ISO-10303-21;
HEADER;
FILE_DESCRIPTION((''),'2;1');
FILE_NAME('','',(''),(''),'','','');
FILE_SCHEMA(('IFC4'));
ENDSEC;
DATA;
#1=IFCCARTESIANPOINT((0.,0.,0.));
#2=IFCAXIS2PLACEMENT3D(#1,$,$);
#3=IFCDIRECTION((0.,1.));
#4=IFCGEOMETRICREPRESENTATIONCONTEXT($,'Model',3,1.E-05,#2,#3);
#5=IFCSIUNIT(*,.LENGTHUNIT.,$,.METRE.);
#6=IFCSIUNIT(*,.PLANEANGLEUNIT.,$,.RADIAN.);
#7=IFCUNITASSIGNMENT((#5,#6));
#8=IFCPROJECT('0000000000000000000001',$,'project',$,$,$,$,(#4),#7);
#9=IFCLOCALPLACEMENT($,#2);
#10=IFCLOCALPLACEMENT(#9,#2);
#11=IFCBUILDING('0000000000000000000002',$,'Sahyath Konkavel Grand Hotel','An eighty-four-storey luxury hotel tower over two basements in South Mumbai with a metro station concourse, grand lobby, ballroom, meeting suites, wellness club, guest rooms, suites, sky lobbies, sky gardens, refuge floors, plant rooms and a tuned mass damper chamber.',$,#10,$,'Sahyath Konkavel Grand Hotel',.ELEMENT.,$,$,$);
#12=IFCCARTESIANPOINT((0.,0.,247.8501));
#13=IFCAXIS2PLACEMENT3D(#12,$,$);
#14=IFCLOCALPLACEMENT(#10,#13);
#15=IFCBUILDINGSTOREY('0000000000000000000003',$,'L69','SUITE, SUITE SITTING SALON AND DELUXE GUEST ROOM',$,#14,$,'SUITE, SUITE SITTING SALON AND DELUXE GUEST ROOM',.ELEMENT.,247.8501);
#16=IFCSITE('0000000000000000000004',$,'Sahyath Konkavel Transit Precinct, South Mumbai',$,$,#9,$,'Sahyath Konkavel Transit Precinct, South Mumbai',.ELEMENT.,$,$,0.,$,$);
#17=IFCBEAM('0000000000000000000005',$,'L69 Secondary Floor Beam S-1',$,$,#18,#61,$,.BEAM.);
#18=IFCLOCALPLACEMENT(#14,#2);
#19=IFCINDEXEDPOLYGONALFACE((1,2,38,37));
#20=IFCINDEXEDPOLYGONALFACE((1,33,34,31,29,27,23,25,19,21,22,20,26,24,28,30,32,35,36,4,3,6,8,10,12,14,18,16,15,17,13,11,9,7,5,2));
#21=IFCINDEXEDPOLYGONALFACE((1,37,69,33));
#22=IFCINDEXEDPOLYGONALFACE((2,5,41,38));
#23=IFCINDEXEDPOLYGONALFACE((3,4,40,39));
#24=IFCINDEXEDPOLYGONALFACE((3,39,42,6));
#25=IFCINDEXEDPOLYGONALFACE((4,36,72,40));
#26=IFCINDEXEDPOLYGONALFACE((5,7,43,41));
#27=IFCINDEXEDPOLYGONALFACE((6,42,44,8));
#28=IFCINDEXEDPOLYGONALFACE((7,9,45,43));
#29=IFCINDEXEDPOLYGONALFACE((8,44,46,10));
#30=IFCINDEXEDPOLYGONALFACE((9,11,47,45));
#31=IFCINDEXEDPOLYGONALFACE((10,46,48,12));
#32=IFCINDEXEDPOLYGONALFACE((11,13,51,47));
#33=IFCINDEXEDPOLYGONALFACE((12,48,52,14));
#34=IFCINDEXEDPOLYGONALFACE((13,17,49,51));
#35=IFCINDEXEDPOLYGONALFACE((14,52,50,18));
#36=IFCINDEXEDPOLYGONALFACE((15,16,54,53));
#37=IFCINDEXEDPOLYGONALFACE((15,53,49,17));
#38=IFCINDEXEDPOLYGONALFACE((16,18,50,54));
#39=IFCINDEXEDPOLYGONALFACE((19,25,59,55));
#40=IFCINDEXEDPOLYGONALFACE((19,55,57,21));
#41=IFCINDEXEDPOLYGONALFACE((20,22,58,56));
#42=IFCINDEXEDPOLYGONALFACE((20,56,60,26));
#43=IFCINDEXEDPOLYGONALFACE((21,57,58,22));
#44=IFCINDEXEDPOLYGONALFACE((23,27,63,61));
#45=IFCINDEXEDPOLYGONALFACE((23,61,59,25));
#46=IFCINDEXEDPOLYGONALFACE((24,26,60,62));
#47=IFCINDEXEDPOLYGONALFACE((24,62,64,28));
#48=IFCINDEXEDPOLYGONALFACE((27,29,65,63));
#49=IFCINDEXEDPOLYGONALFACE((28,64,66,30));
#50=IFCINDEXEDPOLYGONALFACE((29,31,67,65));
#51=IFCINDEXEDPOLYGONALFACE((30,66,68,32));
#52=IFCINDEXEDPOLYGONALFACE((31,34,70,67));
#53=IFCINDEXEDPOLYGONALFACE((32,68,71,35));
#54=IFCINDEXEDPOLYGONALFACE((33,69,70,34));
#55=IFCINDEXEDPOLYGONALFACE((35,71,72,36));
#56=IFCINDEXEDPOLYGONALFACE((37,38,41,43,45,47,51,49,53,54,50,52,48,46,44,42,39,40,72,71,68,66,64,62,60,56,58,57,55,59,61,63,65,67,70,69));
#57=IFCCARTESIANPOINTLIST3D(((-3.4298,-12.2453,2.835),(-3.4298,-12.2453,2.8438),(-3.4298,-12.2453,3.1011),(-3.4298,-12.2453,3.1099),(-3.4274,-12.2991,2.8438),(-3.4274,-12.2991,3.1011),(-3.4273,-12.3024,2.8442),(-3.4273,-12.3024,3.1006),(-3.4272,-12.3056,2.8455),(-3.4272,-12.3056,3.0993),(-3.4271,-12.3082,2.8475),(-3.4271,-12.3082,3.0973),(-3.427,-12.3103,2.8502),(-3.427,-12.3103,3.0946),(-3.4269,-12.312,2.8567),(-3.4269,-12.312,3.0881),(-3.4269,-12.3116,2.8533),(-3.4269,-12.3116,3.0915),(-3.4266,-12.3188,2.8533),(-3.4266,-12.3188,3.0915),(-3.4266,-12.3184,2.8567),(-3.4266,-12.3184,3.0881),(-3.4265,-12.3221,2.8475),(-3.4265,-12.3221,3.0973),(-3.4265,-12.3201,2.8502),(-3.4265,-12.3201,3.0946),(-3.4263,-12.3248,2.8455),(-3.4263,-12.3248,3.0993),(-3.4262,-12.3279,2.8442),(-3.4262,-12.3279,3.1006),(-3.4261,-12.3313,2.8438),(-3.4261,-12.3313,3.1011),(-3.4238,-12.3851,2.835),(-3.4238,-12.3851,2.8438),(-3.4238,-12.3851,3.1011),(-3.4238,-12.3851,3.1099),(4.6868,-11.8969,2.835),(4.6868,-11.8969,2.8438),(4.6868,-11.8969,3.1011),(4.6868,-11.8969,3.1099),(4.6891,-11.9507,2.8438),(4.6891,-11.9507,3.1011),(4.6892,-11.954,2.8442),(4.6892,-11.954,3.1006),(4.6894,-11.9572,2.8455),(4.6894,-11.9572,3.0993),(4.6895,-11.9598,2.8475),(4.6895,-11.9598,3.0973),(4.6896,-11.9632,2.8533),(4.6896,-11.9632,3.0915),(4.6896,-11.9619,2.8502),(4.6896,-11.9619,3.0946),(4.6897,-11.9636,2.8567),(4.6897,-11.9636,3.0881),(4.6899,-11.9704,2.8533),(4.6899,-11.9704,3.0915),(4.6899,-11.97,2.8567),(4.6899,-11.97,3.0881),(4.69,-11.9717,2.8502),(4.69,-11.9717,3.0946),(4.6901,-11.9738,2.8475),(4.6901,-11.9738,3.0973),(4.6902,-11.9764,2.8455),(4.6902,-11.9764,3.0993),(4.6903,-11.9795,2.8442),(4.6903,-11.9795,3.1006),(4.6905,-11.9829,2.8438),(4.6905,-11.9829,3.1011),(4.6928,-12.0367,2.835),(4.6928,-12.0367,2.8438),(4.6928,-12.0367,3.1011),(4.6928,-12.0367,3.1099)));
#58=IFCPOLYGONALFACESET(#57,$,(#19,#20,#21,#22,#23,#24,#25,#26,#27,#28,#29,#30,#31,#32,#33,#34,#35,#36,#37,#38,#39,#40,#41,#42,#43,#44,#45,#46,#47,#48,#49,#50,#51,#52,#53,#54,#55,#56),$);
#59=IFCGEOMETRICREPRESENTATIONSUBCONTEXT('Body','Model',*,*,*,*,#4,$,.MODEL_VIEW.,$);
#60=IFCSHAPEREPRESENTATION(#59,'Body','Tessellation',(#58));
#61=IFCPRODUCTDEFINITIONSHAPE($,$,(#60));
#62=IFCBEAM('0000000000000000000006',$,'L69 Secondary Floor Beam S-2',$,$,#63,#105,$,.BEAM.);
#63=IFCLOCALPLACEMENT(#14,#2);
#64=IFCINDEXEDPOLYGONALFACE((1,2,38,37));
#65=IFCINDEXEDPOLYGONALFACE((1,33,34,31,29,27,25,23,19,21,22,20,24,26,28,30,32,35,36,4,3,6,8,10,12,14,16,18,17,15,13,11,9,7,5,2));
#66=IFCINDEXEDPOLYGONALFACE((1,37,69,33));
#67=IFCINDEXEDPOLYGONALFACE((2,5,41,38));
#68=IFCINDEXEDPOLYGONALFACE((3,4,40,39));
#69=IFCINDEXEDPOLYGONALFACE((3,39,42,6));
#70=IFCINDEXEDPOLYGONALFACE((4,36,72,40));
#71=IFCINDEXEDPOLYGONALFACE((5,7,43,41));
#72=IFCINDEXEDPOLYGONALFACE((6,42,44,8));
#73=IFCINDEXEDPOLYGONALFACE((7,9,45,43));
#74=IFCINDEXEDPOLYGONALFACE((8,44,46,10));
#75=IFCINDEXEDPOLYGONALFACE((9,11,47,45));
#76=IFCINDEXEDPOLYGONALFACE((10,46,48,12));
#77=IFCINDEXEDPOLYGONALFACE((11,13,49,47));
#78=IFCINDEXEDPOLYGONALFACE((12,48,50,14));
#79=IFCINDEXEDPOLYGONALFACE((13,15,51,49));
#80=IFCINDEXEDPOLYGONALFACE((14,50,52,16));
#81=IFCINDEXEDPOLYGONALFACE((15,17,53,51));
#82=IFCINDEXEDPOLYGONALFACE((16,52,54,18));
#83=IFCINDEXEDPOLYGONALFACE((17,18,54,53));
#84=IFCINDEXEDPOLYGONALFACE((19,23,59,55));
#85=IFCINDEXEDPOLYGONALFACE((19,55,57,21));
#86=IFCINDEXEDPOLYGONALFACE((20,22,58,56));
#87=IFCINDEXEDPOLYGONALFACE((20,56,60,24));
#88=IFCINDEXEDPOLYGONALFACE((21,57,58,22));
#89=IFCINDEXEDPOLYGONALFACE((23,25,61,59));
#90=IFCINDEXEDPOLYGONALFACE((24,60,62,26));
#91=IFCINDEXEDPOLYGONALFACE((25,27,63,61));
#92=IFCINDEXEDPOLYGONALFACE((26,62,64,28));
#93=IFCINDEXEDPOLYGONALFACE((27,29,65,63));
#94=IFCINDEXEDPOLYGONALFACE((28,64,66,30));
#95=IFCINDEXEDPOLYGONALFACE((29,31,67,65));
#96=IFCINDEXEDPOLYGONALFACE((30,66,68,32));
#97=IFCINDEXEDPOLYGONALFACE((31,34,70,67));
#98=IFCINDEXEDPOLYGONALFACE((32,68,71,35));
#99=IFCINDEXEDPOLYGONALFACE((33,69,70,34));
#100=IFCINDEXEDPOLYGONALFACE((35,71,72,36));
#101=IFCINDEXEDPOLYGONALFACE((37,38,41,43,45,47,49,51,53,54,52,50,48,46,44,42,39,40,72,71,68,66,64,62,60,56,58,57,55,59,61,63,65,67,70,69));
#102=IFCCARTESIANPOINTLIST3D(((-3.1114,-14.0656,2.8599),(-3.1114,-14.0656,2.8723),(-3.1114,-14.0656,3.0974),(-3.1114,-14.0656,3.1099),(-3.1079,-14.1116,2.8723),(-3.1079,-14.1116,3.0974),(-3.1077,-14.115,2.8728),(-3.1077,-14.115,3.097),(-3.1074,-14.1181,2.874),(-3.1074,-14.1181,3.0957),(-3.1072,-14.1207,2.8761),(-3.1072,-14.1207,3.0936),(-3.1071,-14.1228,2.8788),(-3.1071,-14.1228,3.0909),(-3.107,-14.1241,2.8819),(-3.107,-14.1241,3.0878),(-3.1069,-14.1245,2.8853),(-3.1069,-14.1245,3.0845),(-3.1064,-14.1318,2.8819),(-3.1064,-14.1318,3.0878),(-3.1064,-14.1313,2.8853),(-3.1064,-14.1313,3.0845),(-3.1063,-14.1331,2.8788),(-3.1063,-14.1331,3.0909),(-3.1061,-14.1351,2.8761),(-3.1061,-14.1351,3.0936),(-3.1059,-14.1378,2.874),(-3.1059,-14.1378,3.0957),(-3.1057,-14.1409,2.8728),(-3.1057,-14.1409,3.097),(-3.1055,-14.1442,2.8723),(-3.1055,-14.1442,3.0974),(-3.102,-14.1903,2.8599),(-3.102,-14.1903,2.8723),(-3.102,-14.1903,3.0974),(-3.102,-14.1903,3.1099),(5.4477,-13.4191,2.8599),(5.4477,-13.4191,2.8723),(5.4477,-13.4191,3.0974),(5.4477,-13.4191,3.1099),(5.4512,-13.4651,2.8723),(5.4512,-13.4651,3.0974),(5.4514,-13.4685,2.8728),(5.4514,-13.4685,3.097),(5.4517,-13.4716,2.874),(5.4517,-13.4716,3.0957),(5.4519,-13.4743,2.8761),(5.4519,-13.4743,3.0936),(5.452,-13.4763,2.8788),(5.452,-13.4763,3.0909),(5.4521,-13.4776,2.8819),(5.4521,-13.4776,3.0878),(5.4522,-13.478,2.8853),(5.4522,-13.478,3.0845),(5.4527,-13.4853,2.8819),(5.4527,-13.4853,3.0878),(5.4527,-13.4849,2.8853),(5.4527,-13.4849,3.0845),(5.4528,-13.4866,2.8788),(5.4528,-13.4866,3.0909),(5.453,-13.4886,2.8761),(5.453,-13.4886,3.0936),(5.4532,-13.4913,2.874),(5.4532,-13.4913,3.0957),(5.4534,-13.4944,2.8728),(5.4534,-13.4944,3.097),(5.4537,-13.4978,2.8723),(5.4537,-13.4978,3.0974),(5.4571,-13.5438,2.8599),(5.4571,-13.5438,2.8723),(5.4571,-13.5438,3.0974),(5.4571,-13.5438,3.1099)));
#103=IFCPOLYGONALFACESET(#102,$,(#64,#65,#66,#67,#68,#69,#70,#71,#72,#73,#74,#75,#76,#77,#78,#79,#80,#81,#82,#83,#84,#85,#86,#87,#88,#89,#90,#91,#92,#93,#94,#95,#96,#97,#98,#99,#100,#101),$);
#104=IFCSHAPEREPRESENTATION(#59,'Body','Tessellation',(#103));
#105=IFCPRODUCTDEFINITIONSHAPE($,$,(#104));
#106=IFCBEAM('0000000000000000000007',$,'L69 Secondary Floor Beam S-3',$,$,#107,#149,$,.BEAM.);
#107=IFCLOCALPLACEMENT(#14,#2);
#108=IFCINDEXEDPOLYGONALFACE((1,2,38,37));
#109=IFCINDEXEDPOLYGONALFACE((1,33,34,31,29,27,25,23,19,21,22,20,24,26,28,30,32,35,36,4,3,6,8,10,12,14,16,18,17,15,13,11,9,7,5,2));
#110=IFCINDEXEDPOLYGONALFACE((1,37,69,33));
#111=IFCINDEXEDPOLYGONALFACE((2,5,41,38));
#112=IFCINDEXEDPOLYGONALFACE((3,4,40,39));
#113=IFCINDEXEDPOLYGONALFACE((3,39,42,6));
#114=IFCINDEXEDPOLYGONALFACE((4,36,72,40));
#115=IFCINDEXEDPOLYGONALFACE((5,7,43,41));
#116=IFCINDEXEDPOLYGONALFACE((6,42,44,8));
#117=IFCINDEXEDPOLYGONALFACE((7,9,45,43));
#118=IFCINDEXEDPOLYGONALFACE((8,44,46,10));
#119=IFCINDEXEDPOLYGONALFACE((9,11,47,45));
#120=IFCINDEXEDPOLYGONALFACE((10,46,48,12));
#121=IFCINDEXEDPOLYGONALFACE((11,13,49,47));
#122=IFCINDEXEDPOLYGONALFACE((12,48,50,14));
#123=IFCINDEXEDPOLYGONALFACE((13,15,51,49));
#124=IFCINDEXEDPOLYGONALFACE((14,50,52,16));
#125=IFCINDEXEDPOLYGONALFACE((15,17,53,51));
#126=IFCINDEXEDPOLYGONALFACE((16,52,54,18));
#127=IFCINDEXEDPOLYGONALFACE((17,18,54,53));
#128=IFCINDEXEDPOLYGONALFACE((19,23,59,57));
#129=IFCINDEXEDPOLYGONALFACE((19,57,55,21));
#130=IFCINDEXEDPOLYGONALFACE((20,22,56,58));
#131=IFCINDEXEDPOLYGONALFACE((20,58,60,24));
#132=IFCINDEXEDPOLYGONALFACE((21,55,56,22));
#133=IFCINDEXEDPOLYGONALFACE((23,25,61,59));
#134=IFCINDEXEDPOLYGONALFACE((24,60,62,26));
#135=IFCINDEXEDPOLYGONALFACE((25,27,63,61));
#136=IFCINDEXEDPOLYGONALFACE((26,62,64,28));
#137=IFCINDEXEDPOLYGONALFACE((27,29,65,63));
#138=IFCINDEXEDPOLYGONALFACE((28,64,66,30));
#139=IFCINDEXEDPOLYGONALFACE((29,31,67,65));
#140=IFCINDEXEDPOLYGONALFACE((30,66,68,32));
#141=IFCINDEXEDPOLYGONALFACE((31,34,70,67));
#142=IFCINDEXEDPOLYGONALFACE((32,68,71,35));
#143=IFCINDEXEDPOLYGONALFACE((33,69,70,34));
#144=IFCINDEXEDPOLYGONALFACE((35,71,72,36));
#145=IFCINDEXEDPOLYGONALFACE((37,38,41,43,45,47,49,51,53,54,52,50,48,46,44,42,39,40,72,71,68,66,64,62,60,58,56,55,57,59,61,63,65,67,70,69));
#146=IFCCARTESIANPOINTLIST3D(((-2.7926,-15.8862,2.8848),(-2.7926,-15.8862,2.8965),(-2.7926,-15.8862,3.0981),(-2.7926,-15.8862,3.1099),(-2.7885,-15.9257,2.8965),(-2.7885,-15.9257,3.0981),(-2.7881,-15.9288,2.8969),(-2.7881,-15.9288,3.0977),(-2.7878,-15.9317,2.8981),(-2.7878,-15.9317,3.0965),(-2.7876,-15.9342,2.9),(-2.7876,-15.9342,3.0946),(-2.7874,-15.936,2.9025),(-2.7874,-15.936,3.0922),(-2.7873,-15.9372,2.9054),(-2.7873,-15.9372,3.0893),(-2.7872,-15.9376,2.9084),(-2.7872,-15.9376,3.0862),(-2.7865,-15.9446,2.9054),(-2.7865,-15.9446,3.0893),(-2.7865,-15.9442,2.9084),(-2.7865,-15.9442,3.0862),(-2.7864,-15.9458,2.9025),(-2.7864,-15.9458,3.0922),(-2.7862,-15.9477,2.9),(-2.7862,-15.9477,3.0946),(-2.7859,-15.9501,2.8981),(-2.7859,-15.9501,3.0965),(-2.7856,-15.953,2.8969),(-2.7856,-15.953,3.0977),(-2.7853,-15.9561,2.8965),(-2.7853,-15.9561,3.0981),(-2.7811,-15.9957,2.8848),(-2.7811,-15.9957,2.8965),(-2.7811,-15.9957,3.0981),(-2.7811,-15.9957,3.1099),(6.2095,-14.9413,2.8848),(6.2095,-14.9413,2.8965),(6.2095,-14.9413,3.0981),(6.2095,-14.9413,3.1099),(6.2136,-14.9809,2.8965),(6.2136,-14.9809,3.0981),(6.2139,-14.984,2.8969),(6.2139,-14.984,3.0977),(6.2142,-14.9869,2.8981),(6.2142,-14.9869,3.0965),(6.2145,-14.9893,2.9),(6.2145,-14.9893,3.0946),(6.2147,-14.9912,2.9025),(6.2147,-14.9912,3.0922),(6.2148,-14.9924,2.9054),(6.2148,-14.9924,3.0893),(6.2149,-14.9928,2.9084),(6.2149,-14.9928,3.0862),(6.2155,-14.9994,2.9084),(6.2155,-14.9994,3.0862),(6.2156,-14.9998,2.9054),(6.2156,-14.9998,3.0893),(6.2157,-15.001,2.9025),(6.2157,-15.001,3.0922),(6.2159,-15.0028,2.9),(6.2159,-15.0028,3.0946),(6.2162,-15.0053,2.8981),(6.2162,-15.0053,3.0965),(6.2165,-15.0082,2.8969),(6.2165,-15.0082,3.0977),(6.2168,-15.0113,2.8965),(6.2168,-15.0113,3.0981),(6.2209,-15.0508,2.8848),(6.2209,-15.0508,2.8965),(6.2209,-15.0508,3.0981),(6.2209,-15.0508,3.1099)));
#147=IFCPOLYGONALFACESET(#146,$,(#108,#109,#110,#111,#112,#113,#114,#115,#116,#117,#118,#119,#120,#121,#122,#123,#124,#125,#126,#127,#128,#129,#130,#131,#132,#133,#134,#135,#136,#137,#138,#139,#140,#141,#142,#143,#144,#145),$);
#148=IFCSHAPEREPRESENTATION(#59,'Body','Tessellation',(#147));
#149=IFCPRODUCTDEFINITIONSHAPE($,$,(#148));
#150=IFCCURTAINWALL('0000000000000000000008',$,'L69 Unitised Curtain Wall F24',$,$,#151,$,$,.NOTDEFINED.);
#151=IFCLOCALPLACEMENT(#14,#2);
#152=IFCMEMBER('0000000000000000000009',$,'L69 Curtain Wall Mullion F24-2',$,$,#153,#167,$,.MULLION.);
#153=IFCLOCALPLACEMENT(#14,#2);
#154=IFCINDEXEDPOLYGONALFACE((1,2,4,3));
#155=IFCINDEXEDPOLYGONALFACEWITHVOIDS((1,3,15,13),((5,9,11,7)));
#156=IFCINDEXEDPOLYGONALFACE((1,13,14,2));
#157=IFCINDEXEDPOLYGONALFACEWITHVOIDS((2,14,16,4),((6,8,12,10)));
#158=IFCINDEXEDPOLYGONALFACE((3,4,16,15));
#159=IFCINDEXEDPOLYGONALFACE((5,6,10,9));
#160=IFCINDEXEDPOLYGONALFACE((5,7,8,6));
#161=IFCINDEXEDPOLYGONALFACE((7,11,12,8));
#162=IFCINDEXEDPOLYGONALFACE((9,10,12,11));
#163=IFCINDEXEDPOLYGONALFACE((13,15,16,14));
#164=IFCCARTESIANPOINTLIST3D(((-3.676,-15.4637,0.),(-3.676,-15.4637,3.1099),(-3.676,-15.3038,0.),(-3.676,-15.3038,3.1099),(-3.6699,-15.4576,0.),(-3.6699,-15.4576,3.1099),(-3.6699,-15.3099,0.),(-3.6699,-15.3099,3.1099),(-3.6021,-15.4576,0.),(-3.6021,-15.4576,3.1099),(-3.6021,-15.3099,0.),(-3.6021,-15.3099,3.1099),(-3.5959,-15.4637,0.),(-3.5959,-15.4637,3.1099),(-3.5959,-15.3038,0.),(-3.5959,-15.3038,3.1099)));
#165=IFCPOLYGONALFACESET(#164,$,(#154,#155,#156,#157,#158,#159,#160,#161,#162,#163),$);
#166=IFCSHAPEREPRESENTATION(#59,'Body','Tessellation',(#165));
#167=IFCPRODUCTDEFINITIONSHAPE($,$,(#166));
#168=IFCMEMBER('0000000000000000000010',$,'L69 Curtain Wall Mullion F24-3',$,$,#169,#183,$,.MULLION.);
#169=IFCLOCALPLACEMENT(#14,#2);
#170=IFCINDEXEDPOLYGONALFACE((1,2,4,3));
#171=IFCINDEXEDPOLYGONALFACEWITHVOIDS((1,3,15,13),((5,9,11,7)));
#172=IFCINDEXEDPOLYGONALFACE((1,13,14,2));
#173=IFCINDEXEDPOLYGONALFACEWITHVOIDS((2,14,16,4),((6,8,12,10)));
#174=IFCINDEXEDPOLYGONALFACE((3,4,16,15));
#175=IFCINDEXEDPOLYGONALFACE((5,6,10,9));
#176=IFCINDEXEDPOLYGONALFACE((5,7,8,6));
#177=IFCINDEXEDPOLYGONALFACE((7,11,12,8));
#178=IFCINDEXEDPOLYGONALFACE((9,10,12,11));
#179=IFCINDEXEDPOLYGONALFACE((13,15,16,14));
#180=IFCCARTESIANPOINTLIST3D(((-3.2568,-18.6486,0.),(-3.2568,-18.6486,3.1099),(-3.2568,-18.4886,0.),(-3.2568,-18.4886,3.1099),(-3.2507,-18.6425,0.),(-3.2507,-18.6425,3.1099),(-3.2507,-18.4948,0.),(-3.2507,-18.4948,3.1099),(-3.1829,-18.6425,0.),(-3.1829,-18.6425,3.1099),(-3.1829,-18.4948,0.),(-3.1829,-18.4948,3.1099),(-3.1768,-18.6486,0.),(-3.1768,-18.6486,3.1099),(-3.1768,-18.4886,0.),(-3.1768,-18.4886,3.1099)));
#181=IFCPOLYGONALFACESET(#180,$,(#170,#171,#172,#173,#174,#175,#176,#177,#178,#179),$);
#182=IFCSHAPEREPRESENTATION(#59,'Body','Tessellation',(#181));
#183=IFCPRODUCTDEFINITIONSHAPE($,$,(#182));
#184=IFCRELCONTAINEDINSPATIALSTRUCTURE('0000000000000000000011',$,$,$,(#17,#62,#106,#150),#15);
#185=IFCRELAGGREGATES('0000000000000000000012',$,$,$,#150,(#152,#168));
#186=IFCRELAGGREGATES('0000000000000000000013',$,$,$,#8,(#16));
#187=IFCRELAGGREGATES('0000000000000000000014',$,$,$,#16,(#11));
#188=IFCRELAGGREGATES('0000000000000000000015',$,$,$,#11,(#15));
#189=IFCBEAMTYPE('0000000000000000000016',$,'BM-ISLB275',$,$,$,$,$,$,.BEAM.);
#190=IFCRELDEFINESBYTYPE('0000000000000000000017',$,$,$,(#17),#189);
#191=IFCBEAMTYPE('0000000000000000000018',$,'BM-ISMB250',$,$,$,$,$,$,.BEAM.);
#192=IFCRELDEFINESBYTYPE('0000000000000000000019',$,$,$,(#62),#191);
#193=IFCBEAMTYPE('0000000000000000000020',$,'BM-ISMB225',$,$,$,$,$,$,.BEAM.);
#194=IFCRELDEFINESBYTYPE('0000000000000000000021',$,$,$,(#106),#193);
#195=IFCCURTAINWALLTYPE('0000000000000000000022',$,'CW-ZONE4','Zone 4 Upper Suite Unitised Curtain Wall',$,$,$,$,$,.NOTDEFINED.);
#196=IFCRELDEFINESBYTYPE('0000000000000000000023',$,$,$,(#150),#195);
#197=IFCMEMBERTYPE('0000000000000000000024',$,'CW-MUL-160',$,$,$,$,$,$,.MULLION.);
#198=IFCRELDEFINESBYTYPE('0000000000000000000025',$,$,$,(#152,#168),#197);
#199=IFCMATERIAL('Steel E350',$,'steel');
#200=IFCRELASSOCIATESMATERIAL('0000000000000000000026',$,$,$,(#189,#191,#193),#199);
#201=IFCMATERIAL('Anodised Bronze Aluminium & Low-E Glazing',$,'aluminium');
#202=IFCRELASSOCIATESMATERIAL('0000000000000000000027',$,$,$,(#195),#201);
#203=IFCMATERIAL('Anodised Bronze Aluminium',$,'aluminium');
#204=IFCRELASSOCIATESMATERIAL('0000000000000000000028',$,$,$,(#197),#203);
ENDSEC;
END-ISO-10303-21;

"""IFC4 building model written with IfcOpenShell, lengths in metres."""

from ifc_helpers import new_model, si_unit, direction, frame, origin, origin_2d, place, context, subcontext, project, spatial, hollow_rectangle, i_section, extrude, source, transform, mapped, material, material_profile, profile_set, type_object, element, aggregate, save


model = new_model("IFC4")

# Units and contexts
model_context = context("Model", 3, precision=1e-05, world=origin(), true_north=direction((0.0, 1.0)))
body_context = subcontext(model_context, "Body", "Model", "MODEL_VIEW")
ifc_project = project(units=[si_unit("LENGTHUNIT", "METRE"), si_unit("PLANEANGLEUNIT", "RADIAN")], contexts=[model_context])

# Site, building, storey
site_placement = place(None, origin())
site = spatial("IfcSite", under=ifc_project, at=site_placement, Name="Sahyath Konkavel Transit Precinct, South Mumbai", LongName="Sahyath Konkavel Transit Precinct, South Mumbai", CompositionType="ELEMENT", RefElevation=0.0)
building_placement = place(site_placement, origin())
building = spatial("IfcBuilding", under=site, at=building_placement, Name="Sahyath Konkavel Grand Hotel", Description="An eighty-four-storey luxury hotel tower over two basements in South Mumbai with a metro station concourse, grand lobby, ballroom, meeting suites, wellness club, guest rooms, suites, sky lobbies, sky gardens, refuge floors, plant rooms and a tuned mass damper chamber.", LongName="Sahyath Konkavel Grand Hotel", CompositionType="ELEMENT")
storey_placement = place(building_placement, frame((0.0, 0.0, 247.8501)))
storey = spatial("IfcBuildingStorey", under=building, at=storey_placement, Name="L69", Description="SUITE, SUITE SITTING SALON AND DELUXE GUEST ROOM", LongName="SUITE, SUITE SITTING SALON AND DELUXE GUEST ROOM", CompositionType="ELEMENT", Elevation=247.8501)

# Beams
ifc_material_1 = material(Name="Steel E350", Category="steel")
ifc_material_profile_1 = material_profile(ifc_material_1, i_section(OverallWidth=0.1399, OverallDepth=0.2749, WebThickness=0.0063, FlangeThickness=0.0088, FilletRadius=0.0129, at=origin_2d()), Name="ISLB 275")
ifc_profile_set_1 = profile_set([ifc_material_profile_1], Name="Steel E350")
beam_type_1 = type_object("IfcBeamType", Name="BM-ISLB275", PredefinedType="BEAM", material=ifc_profile_set_1)
shared_shape_1 = source(origin(), body_context, "Body", "SweptSolid", [
    extrude(i_section(OverallWidth=0.1399, OverallDepth=0.2749, WebThickness=0.0063, FlangeThickness=0.0088, FilletRadius=0.0129, at=origin_2d()), origin(), (0.0, 0.0, 1.0), 8.124),
])
beam_1_placement = place(storey_placement, frame((-3.4268, -12.3152, 2.9724), z_axis=(0.99908, 0.042884, 0.0), x_axis=(-0.042884, 0.99908, 0.0)))
element("IfcBeam", 1, at=beam_1_placement, inside=storey, type_object=beam_type_1, Name="L69 Secondary Floor Beam S-1", PredefinedType="BEAM", context=body_context, shape_type="MappedRepresentation", body=[
    mapped(shared_shape_1, transform((0.0, 0.0, 0.0), scale=1.0)),
])
ifc_material_profile_2 = material_profile(ifc_material_1, i_section(OverallWidth=0.125, OverallDepth=0.25, WebThickness=0.0068, FlangeThickness=0.0125, FilletRadius=0.0129, at=origin_2d()), Name="ISMB 250")
ifc_profile_set_2 = profile_set([ifc_material_profile_2], Name="Steel E350")
beam_type_2 = type_object("IfcBeamType", Name="BM-ISMB250", PredefinedType="BEAM", material=ifc_profile_set_2)
shared_shape_2 = source(origin(), body_context, "Body", "SweptSolid", [
    extrude(i_section(OverallWidth=0.125, OverallDepth=0.25, WebThickness=0.0068, FlangeThickness=0.0125, FilletRadius=0.0129, at=origin_2d()), origin(), (0.0, 0.0, 1.0), 8.5835),
])
beam_2_placement = place(storey_placement, frame((-3.1067, -14.1279, 2.9849), z_axis=(0.99716, 0.075317, 0.0), x_axis=(-0.075317, 0.99716, 0.0)))
element("IfcBeam", 2, at=beam_2_placement, inside=storey, type_object=beam_type_2, Name="L69 Secondary Floor Beam S-2", PredefinedType="BEAM", context=body_context, shape_type="MappedRepresentation", body=[
    mapped(shared_shape_2, transform((0.0, 0.0, 0.0), scale=1.0)),
])
ifc_material_profile_3 = material_profile(ifc_material_1, i_section(OverallWidth=0.1101, OverallDepth=0.2251, WebThickness=0.0066, FlangeThickness=0.0117, FilletRadius=0.012, at=origin_2d()), Name="ISMB 225")
ifc_profile_set_3 = profile_set([ifc_material_profile_3], Name="Steel E350")
beam_type_3 = type_object("IfcBeamType", Name="BM-ISMB225", PredefinedType="BEAM", material=ifc_profile_set_3)
shared_shape_3 = source(origin(), body_context, "Body", "SweptSolid", [
    extrude(i_section(OverallWidth=0.1101, OverallDepth=0.2251, WebThickness=0.0066, FlangeThickness=0.0117, FilletRadius=0.012, at=origin_2d()), origin(), (0.0, 0.0, 1.0), 9.0515),
])
beam_3_placement = place(storey_placement, frame((-2.7869, -15.9409, 2.9973), z_axis=(0.994537, 0.104384, 0.0), x_axis=(-0.104384, 0.994537, 0.0)))
element("IfcBeam", 3, at=beam_3_placement, inside=storey, type_object=beam_type_3, Name="L69 Secondary Floor Beam S-3", PredefinedType="BEAM", context=body_context, shape_type="MappedRepresentation", body=[
    mapped(shared_shape_3, transform((0.0, 0.0, 0.0), scale=1.0)),
])

# Curtain wall, members
ifc_material_2 = material(Name="Anodised Bronze Aluminium & Low-E Glazing", Category="aluminium")
curtain_wall_type = type_object("IfcCurtainWallType", Name="CW-ZONE4", Description="Zone 4 Upper Suite Unitised Curtain Wall", PredefinedType="NOTDEFINED", material=ifc_material_2)
curtain_wall_1_placement = place(storey_placement, origin())
curtain_wall_1 = element("IfcCurtainWall", 4, at=curtain_wall_1_placement, inside=storey, type_object=curtain_wall_type, Name="L69 Unitised Curtain Wall F24", PredefinedType="NOTDEFINED")
ifc_material_3 = material(Name="Anodised Bronze Aluminium", Category="aluminium")
ifc_material_profile_4 = material_profile(ifc_material_3, hollow_rectangle(XDim=0.0801, YDim=0.1599, WallThickness=0.0061, at=origin_2d()), Name="RHS 160x80x6")
ifc_profile_set_4 = profile_set([ifc_material_profile_4], Name="Anodised Bronze Aluminium")
member_type_1 = type_object("IfcMemberType", Name="CW-MUL-160", PredefinedType="MULLION", material=ifc_profile_set_4)
shared_shape_4 = source(origin(), body_context, "Body", "SweptSolid", [
    extrude(hollow_rectangle(XDim=0.0801, YDim=0.1599, WallThickness=0.0061, at=origin_2d()), origin(), (0.0, 0.0, 1.0), 3.1099),
])
member_1_placement = place(storey_placement, frame((-3.636, -15.3838, 0.0), z_axis=(0.0, 0.0, 1.0), x_axis=(1.0, 0.0, 0.0)))
member_1 = element("IfcMember", 5, at=member_1_placement, type_object=member_type_1, Name="L69 Curtain Wall Mullion F24-2", PredefinedType="MULLION", context=body_context, shape_type="MappedRepresentation", body=[
    mapped(shared_shape_4, transform((0.0, 0.0, 0.0), scale=1.0)),
])
member_2_placement = place(storey_placement, frame((-3.2168, -18.5686, 0.0), z_axis=(0.0, 0.0, 1.0), x_axis=(1.0, 0.0, 0.0)))
member_2 = element("IfcMember", 6, at=member_2_placement, type_object=member_type_1, Name="L69 Curtain Wall Mullion F24-3", PredefinedType="MULLION", context=body_context, shape_type="MappedRepresentation", body=[
    mapped(shared_shape_4, transform((0.0, 0.0, 0.0), scale=1.0)),
])

aggregate(curtain_wall_1, [member_1, member_2])

save(model, "model.ifc")
